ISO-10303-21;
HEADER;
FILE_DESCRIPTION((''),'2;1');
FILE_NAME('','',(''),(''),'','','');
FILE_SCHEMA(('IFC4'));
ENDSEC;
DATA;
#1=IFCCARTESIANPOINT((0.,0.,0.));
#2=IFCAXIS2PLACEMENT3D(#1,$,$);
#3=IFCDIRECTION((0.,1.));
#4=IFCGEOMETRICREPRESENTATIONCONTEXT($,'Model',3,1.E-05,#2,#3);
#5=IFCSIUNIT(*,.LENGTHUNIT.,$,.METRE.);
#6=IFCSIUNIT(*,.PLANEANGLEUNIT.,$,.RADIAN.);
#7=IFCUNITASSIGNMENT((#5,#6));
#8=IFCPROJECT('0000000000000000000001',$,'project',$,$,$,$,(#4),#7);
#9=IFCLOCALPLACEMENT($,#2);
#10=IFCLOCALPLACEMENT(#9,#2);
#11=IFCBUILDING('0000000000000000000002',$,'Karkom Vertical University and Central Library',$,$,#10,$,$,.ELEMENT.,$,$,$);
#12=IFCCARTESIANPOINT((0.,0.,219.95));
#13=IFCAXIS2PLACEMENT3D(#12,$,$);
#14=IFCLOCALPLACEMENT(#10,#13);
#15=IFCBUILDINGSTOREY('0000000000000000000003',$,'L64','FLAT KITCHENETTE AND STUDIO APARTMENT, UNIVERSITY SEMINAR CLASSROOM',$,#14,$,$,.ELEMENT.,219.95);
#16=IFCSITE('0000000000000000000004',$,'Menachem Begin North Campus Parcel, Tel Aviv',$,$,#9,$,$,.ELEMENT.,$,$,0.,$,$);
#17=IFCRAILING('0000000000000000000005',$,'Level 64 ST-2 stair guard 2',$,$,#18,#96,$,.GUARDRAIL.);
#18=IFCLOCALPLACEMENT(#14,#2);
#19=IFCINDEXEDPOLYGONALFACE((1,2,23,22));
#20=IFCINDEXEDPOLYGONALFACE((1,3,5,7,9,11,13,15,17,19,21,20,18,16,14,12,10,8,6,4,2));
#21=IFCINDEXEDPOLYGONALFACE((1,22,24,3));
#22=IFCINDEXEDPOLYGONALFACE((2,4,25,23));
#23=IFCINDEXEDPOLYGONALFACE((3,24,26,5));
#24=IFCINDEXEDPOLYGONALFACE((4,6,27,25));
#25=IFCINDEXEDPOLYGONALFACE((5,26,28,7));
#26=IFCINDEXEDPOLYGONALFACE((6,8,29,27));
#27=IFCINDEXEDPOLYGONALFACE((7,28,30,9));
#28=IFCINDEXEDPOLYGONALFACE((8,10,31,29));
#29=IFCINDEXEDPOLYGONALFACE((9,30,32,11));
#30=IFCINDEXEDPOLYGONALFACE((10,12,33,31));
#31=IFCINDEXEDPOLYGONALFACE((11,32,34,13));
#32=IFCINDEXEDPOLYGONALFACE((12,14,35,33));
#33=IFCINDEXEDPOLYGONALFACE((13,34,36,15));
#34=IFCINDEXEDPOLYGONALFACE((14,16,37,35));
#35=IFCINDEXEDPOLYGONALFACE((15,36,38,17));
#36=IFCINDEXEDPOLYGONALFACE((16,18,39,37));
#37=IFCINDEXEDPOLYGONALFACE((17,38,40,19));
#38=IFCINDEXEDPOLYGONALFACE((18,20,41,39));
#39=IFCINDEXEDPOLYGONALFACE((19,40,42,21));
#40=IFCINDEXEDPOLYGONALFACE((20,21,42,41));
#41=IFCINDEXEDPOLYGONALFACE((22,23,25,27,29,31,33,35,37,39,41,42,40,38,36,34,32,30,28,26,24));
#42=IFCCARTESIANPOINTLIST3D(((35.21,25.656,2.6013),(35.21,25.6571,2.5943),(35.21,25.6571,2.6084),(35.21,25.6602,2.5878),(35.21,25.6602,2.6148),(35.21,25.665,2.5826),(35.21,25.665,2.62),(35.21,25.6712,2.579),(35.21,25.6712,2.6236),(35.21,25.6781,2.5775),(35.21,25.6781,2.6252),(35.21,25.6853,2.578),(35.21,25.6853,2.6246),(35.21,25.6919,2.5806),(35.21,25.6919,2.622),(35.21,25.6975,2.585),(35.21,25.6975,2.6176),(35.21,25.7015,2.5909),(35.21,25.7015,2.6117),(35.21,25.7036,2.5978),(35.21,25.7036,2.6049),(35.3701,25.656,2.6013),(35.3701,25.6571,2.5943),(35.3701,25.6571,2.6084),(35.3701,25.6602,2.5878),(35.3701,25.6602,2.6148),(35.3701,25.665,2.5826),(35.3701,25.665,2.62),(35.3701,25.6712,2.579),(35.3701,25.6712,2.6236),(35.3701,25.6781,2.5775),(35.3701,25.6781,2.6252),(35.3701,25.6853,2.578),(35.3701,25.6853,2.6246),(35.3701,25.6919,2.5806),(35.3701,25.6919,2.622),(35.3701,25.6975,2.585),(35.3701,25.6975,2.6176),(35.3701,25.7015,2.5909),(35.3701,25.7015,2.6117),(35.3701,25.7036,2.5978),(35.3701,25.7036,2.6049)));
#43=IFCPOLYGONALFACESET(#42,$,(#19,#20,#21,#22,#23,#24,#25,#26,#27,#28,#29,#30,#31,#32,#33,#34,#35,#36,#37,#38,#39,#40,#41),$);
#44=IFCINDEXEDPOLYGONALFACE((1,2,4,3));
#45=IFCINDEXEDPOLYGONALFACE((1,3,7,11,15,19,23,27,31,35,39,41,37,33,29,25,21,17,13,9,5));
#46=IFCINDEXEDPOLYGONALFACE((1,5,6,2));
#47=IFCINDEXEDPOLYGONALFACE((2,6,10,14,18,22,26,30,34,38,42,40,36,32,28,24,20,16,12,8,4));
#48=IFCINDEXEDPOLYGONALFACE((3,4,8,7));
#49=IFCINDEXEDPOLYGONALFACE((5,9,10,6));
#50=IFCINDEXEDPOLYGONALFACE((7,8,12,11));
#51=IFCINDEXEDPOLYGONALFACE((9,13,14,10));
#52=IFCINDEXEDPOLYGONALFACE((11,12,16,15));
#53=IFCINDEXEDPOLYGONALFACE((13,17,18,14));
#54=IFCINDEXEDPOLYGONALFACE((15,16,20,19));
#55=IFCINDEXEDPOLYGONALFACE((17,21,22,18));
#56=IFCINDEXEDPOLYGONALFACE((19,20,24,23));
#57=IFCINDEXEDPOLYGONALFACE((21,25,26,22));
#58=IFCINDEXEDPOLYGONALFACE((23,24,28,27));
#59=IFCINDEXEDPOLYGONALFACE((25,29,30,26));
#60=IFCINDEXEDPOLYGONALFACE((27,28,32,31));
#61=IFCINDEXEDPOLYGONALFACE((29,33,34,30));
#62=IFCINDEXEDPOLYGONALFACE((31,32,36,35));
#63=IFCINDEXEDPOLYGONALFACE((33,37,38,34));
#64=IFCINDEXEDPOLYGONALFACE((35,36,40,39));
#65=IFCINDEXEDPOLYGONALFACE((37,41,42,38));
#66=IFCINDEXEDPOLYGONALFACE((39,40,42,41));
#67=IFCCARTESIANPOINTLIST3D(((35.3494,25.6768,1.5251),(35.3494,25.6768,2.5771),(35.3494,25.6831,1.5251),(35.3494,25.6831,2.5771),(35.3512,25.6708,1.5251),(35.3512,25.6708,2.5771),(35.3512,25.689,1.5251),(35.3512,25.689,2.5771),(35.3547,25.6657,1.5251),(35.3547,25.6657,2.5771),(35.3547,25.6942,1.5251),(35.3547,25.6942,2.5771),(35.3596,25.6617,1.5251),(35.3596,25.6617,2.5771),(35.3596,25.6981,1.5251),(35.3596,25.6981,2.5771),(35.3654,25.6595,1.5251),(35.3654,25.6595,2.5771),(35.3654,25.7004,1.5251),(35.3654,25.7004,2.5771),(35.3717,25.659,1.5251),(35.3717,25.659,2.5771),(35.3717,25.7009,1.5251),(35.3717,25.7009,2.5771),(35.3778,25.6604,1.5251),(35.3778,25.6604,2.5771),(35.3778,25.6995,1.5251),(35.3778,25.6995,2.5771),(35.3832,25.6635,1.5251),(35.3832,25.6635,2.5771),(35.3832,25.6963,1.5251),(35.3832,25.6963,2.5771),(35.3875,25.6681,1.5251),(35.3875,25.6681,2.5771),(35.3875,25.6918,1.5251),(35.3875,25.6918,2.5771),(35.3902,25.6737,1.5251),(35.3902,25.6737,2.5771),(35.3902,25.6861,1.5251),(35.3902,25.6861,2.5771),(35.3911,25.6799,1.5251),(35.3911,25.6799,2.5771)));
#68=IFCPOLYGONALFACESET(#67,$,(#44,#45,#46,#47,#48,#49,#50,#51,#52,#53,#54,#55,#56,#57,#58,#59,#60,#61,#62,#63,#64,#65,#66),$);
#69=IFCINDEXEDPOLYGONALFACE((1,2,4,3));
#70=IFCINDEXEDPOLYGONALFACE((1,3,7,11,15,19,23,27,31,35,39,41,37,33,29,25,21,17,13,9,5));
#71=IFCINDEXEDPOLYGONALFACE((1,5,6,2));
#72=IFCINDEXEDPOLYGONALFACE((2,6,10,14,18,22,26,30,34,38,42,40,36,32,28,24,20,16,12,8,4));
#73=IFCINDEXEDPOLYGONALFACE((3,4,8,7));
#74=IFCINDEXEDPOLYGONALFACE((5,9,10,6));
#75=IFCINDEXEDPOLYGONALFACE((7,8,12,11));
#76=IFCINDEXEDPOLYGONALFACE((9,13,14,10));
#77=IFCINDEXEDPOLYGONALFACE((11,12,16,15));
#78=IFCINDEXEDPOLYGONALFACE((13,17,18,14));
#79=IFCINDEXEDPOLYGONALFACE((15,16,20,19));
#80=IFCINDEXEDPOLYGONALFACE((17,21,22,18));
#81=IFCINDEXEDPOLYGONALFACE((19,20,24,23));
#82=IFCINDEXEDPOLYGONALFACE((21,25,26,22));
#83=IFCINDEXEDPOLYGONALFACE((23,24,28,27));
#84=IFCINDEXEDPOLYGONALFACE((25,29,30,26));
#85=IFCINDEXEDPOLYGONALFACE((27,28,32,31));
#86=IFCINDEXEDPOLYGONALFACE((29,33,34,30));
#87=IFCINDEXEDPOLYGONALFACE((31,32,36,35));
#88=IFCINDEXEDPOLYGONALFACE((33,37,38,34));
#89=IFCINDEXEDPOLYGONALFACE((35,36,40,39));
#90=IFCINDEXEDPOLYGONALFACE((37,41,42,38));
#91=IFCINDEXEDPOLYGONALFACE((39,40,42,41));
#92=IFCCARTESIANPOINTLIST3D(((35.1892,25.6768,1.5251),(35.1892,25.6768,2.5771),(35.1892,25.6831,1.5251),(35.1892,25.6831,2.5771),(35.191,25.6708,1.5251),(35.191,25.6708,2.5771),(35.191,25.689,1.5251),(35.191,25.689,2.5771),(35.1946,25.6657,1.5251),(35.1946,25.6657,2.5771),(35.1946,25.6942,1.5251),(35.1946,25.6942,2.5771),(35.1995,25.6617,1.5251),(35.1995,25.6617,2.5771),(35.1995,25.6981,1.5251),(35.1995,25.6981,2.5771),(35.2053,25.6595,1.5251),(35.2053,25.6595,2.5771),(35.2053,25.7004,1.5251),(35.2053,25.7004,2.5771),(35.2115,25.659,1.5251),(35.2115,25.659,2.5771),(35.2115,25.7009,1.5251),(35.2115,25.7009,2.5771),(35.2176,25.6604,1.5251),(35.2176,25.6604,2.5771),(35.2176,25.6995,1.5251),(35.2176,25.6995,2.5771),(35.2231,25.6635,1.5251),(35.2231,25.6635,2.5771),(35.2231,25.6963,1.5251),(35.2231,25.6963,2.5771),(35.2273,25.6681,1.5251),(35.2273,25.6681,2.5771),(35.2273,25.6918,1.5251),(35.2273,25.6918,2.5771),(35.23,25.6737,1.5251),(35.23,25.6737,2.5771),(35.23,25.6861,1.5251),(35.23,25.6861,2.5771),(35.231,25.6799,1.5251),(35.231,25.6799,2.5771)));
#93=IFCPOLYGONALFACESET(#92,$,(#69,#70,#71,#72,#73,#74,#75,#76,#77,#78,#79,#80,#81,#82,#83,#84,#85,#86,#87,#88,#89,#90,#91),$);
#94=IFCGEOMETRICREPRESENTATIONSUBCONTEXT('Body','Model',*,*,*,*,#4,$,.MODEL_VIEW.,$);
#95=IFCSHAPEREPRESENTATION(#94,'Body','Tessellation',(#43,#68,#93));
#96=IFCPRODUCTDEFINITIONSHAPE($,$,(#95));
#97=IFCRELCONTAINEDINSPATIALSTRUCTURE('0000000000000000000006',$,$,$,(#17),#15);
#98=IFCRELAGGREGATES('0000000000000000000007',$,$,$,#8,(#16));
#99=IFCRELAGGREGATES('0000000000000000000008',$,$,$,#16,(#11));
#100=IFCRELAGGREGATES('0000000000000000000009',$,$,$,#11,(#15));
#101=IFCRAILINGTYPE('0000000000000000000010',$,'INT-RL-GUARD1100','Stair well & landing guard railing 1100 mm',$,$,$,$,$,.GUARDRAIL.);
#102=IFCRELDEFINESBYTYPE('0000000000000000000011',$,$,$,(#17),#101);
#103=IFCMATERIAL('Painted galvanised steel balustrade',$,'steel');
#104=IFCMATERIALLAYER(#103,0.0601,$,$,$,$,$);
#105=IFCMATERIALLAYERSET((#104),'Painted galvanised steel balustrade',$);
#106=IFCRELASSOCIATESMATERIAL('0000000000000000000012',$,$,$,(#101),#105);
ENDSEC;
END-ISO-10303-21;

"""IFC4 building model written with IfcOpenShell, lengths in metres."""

from ifc_helpers import new_model, si_unit, direction, frame, origin, origin_2d, place, context, subcontext, project, spatial, circle, extrude, material, layer, layer_set, type_object, element, save


model = new_model("IFC4")

# Units and contexts
model_context = context("Model", 3, precision=1e-05, world=origin(), true_north=direction((0.0, 1.0)))
body_context = subcontext(model_context, "Body", "Model", "MODEL_VIEW")
ifc_project = project(units=[si_unit("LENGTHUNIT", "METRE"), si_unit("PLANEANGLEUNIT", "RADIAN")], contexts=[model_context])

# Site, building, storey
site_placement = place(None, origin())
site = spatial("IfcSite", under=ifc_project, at=site_placement, Name="Menachem Begin North Campus Parcel, Tel Aviv", CompositionType="ELEMENT", RefElevation=0.0)
building_placement = place(site_placement, origin())
building = spatial("IfcBuilding", under=site, at=building_placement, Name="Karkom Vertical University and Central Library", CompositionType="ELEMENT")
storey_placement = place(building_placement, frame((0.0, 0.0, 219.95)))
storey = spatial("IfcBuildingStorey", under=building, at=storey_placement, Name="L64", Description="FLAT KITCHENETTE AND STUDIO APARTMENT, UNIVERSITY SEMINAR CLASSROOM", CompositionType="ELEMENT", Elevation=219.95)

# Railing
ifc_material_1 = material(Name="Painted galvanised steel balustrade", Category="steel")
ifc_layer_1 = layer(ifc_material_1, 0.0601)
ifc_layer_set_1 = layer_set([ifc_layer_1], Name="Painted galvanised steel balustrade")
railing_type_1 = type_object("IfcRailingType", Name="INT-RL-GUARD1100", Description="Stair well & landing guard railing 1100 mm", PredefinedType="GUARDRAIL", material=ifc_layer_set_1)
railing_1_placement = place(storey_placement, frame((35.3701, 25.6799, 1.5251)))
element("IfcRailing", 1, at=railing_1_placement, inside=storey, type_object=railing_type_1, Name="Level 64 ST-2 stair guard 2", PredefinedType="GUARDRAIL", context=body_context, shape_type="SweptSolid", body=[
    extrude(circle(Radius=0.0239, at=origin_2d()), frame((0.0, 0.0, 1.0762), z_axis=(-1.0, 0.0, 0.0), x_axis=(0.0, -1.0, 0.0)), (0.0, 0.0, 1.0), 0.1602),
    extrude(circle(Radius=0.021, at=origin_2d()), origin(), (0.0, 0.0, 1.0), 1.052),
    extrude(circle(Radius=0.021, at=origin_2d()), frame((-0.1602, 0.0, 0.0)), (0.0, 0.0, 1.0), 1.052),
])

save(model, "model.ifc")
